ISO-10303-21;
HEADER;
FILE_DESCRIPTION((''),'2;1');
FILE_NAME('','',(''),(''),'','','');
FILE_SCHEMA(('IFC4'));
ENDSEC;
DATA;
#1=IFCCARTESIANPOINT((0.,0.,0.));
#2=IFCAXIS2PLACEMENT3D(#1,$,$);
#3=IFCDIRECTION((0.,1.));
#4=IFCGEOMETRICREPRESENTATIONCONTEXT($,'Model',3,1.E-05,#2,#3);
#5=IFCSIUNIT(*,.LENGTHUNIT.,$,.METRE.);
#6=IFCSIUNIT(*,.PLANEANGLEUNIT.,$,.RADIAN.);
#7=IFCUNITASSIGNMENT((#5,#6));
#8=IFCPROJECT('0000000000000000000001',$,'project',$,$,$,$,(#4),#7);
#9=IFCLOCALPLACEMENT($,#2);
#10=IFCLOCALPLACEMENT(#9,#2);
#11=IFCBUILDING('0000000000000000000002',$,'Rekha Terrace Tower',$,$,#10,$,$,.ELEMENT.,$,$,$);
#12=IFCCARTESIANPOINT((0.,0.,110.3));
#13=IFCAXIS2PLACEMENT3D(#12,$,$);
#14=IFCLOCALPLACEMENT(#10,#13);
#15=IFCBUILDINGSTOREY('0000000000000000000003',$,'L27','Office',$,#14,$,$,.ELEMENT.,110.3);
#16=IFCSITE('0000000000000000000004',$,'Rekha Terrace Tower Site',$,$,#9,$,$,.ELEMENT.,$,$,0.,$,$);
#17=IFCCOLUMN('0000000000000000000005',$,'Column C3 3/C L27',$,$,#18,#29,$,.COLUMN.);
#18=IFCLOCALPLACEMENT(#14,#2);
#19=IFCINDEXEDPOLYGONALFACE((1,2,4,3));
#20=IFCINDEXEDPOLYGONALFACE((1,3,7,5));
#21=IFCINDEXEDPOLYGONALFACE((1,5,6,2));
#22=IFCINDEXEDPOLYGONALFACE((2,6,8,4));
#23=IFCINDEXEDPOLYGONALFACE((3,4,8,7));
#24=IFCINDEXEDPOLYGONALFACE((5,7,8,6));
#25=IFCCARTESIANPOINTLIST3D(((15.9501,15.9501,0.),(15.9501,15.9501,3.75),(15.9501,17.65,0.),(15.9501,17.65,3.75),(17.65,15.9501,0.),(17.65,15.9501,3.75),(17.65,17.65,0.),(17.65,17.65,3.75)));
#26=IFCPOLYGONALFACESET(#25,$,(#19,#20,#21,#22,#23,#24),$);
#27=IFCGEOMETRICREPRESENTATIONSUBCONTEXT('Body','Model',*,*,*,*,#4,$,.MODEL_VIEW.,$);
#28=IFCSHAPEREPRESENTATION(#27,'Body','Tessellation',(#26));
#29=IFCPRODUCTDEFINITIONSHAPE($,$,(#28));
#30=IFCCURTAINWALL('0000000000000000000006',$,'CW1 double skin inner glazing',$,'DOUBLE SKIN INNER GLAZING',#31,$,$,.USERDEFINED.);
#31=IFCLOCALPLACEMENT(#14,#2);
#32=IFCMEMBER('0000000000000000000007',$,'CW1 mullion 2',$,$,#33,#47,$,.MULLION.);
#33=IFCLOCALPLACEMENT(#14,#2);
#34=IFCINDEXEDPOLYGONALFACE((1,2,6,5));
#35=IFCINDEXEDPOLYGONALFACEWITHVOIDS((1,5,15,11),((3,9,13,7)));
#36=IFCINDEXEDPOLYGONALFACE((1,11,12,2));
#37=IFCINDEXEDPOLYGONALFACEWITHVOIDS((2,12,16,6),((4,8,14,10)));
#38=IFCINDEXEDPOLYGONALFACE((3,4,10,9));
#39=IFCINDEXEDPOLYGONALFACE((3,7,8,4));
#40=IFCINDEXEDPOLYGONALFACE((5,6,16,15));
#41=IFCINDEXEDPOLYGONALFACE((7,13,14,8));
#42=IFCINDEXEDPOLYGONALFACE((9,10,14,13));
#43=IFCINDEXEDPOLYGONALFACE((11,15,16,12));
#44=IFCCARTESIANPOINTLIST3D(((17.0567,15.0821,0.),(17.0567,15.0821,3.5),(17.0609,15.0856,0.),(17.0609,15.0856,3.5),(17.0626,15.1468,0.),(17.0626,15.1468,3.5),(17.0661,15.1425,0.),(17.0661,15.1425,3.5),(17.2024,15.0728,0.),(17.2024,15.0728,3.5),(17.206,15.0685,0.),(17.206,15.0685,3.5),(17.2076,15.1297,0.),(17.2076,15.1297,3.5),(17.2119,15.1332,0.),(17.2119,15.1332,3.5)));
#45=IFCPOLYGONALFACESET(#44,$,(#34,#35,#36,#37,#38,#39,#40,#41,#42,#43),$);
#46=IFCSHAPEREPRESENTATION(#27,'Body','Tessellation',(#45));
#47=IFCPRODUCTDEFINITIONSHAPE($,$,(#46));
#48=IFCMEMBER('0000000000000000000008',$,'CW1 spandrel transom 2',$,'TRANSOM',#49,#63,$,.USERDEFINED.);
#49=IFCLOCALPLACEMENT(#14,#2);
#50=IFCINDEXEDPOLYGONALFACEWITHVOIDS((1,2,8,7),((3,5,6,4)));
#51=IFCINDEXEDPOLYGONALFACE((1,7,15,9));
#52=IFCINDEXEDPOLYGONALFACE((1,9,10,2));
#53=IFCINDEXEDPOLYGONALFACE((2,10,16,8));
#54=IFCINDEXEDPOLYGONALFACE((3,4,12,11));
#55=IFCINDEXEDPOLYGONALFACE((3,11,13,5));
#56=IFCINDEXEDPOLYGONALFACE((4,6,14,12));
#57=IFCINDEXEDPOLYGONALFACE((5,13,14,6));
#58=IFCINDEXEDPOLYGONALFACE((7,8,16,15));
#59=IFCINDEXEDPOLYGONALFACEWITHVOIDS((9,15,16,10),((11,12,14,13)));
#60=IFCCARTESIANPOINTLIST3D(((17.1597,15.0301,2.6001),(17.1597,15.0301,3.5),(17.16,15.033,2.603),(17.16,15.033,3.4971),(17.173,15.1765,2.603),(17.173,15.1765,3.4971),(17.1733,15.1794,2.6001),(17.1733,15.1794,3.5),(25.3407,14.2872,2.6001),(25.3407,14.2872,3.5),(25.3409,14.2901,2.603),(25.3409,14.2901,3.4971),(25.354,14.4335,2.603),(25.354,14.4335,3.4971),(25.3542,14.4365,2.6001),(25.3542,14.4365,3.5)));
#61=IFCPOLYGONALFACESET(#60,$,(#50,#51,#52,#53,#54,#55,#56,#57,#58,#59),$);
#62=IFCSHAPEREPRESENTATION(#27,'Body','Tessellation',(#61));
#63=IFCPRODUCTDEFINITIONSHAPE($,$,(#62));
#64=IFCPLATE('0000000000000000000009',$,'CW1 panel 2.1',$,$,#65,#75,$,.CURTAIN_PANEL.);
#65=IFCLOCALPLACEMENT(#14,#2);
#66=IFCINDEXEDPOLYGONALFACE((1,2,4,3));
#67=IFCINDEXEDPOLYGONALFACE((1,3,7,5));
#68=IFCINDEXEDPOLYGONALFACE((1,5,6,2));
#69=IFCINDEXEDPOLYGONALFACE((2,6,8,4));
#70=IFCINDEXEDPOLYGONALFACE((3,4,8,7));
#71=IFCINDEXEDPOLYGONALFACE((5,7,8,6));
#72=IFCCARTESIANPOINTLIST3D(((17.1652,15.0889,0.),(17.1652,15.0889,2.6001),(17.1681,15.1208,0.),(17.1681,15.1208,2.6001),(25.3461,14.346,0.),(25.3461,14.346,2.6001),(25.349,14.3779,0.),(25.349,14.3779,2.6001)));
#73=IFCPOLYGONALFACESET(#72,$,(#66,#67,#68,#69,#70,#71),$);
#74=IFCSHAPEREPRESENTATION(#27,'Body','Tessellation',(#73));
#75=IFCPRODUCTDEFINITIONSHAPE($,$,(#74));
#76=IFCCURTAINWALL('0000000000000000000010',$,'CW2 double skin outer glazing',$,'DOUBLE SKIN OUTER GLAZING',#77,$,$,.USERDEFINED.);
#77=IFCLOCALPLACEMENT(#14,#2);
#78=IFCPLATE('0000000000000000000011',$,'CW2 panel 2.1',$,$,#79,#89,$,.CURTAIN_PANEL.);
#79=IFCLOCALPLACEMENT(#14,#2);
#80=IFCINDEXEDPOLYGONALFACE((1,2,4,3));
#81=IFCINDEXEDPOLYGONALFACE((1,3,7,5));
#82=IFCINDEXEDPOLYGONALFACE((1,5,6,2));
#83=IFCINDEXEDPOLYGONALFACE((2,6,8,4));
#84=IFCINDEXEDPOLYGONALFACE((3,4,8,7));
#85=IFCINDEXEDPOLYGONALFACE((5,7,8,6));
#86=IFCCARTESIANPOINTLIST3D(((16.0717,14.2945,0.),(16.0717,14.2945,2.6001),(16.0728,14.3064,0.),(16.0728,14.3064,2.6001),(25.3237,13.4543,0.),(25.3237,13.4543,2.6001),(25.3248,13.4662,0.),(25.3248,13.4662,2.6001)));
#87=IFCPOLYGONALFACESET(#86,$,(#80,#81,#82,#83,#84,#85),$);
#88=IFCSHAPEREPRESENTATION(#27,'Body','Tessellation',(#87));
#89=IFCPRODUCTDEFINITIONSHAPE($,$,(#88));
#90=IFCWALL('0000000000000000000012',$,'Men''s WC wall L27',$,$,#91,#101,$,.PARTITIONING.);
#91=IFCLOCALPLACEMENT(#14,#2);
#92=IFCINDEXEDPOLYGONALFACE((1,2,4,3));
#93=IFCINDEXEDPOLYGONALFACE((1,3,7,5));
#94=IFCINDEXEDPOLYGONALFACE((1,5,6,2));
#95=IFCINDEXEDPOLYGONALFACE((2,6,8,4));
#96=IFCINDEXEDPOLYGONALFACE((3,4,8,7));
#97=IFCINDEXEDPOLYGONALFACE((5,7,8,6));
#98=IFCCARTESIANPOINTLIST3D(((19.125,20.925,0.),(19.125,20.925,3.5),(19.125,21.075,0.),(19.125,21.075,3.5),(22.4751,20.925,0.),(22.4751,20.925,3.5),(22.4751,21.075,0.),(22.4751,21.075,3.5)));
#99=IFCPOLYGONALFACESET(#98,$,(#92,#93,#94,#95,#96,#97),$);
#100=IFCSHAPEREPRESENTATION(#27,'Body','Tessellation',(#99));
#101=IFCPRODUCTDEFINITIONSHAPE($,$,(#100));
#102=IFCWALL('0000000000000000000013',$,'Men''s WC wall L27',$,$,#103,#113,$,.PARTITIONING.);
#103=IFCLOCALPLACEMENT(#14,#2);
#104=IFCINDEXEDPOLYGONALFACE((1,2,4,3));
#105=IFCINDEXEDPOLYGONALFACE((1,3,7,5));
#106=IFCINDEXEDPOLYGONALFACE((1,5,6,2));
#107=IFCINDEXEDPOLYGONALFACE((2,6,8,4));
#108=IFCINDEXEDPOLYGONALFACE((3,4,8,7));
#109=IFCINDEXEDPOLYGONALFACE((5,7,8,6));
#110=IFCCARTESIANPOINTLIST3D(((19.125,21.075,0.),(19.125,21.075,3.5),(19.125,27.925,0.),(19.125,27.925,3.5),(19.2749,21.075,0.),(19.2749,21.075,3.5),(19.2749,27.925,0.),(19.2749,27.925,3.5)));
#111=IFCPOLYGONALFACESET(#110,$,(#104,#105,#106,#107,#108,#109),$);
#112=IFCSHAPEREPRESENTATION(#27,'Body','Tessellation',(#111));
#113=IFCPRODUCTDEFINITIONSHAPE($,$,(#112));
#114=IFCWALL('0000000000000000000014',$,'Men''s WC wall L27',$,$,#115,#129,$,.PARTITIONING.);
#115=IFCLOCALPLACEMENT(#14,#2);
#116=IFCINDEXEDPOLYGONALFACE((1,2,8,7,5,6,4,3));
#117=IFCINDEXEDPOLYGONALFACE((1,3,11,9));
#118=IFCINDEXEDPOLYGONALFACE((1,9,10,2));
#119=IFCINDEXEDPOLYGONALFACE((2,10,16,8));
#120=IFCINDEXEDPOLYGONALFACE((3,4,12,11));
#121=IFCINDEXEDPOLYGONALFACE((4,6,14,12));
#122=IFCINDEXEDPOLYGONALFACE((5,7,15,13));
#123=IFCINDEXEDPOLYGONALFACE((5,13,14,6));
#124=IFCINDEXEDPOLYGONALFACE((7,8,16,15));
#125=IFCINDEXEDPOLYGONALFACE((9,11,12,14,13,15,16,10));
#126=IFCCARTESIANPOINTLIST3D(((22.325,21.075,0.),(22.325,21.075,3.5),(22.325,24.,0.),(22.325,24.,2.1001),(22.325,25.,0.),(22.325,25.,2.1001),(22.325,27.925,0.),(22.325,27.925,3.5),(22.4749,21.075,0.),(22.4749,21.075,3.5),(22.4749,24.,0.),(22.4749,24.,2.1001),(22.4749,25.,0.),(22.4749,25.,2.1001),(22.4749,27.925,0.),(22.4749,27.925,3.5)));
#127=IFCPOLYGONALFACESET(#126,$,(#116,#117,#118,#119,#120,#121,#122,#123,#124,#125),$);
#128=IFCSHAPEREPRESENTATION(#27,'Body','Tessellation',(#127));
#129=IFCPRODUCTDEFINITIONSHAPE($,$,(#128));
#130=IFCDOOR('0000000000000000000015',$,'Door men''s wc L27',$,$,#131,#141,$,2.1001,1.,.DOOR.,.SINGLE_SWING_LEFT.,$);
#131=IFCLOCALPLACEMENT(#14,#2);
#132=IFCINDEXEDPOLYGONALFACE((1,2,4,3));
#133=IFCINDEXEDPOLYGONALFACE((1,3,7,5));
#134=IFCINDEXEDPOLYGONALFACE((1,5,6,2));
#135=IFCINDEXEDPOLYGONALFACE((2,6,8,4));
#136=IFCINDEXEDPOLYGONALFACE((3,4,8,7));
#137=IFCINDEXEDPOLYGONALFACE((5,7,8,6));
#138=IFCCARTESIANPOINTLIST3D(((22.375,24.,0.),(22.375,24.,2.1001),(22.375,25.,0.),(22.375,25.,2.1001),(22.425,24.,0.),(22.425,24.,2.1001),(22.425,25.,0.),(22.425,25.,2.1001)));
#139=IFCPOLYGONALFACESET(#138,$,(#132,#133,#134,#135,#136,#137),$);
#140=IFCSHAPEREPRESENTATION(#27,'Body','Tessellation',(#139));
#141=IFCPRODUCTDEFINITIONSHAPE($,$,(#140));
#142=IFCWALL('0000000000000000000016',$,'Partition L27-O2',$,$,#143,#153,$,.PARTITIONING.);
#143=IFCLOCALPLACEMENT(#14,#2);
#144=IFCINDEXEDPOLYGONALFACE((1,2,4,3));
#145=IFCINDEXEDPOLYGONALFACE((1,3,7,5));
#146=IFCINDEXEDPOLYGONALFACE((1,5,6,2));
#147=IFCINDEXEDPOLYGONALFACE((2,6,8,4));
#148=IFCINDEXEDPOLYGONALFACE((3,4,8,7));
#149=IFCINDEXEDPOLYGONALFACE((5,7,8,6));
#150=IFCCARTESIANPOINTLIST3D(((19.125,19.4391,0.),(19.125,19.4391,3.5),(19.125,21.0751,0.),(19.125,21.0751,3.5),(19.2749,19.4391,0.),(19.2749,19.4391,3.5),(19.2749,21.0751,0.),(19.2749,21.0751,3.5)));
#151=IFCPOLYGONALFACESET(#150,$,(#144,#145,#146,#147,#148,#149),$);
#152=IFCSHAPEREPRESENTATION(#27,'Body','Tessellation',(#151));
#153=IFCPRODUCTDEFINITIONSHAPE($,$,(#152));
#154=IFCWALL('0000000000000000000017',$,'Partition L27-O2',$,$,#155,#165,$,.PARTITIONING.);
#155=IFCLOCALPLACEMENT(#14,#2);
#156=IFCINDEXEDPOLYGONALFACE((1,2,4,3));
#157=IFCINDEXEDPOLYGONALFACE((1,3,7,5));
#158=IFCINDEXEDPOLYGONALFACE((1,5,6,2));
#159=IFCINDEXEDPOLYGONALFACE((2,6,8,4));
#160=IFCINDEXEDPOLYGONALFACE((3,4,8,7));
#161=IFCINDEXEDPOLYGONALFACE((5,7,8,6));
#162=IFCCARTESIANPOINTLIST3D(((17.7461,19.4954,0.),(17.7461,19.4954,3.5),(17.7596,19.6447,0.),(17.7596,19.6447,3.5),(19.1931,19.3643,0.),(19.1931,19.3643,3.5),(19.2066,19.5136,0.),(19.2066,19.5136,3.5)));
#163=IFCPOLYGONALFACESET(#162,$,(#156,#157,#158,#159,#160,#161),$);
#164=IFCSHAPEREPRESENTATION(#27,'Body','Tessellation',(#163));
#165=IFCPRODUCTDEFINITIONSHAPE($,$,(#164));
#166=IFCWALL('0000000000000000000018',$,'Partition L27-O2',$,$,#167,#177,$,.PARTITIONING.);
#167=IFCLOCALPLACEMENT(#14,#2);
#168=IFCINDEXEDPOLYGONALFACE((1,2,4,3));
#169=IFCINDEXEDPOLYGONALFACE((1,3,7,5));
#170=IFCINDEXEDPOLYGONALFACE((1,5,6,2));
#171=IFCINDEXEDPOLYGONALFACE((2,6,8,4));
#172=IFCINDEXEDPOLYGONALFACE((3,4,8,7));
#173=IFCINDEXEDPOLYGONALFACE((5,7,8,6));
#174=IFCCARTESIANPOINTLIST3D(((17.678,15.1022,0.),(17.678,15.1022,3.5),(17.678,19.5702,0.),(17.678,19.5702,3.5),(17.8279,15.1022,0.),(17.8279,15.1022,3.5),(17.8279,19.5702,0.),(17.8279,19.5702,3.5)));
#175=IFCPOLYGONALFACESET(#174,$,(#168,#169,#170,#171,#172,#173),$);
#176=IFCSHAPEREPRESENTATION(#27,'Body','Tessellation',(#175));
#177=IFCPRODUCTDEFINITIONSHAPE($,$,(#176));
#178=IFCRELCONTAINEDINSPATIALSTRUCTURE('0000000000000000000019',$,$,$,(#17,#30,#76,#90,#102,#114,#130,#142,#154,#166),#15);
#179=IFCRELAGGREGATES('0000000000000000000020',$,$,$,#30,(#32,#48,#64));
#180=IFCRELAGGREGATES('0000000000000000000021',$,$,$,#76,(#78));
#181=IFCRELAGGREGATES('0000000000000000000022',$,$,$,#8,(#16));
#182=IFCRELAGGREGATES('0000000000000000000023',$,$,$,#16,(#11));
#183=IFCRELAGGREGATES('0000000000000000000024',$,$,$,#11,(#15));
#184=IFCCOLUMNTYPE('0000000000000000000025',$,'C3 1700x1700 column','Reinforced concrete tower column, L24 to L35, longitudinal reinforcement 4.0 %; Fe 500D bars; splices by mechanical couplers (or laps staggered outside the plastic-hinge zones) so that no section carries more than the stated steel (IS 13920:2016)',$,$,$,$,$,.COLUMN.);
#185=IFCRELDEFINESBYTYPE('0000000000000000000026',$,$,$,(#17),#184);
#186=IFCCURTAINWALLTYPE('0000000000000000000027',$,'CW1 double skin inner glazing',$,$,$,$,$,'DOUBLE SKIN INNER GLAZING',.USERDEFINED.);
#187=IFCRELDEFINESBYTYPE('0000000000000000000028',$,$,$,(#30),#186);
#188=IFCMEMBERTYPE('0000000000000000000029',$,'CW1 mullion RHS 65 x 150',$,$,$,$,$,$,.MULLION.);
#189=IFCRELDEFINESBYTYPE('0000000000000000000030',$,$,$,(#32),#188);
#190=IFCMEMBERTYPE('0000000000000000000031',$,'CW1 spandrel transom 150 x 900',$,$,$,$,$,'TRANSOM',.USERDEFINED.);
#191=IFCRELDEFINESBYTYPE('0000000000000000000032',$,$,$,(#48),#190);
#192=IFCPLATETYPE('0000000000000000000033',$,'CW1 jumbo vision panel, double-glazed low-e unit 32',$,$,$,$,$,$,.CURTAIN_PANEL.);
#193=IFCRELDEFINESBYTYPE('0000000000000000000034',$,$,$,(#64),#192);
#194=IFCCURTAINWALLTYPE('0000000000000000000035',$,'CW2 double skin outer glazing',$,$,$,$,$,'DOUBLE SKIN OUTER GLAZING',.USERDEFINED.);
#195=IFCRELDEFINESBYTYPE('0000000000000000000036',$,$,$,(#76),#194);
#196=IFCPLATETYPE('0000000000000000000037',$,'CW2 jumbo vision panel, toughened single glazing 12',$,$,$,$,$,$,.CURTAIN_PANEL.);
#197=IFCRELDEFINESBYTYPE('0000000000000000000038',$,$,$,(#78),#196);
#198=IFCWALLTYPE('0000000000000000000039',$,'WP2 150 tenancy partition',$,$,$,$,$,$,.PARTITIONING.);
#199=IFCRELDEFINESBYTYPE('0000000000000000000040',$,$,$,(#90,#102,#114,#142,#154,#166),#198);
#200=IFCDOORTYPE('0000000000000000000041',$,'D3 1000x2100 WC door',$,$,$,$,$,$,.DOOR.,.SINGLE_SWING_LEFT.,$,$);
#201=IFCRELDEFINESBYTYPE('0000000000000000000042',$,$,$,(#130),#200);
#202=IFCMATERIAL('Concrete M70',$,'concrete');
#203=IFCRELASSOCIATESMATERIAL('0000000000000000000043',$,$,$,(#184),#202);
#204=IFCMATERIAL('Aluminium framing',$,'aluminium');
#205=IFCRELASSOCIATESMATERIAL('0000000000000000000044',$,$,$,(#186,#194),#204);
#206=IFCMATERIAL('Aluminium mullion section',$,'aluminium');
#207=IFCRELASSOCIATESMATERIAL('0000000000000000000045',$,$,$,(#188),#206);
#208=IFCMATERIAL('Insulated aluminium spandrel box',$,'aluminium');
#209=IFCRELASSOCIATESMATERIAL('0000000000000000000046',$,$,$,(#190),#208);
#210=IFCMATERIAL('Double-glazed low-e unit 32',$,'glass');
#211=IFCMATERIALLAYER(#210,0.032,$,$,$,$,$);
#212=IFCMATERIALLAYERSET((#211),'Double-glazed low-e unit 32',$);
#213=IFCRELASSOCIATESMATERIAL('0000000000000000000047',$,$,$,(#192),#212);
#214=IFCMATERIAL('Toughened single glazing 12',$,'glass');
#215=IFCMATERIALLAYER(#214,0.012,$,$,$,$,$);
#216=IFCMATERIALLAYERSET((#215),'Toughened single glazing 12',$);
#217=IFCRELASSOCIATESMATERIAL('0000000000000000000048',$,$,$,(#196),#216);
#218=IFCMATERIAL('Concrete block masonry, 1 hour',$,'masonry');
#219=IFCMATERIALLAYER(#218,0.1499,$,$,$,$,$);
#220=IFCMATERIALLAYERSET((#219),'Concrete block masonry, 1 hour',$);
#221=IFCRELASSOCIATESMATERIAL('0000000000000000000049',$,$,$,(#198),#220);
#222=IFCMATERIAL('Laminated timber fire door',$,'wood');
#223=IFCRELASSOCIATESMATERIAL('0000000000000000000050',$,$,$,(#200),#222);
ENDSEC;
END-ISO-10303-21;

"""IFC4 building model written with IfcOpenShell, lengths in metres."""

from ifc_helpers import new_model, si_unit, direction, frame, frame_2d, origin, origin_2d, place, context, subcontext, project, spatial, rectangle, hollow_rectangle, extrude, material, layer, layer_set, material_profile, profile_set, type_object, element, fill, aggregate, save


model = new_model("IFC4")

# Units and contexts
model_context = context("Model", 3, precision=1e-05, world=origin(), true_north=direction((0.0, 1.0)))
body_context = subcontext(model_context, "Body", "Model", "MODEL_VIEW")
ifc_project = project(units=[si_unit("LENGTHUNIT", "METRE"), si_unit("PLANEANGLEUNIT", "RADIAN")], contexts=[model_context])

# Site, building, storey
site_placement = place(None, origin())
site = spatial("IfcSite", under=ifc_project, at=site_placement, Name="Rekha Terrace Tower Site", CompositionType="ELEMENT", RefElevation=0.0)
building_placement = place(site_placement, origin())
building = spatial("IfcBuilding", under=site, at=building_placement, Name="Rekha Terrace Tower", CompositionType="ELEMENT")
storey_placement = place(building_placement, frame((0.0, 0.0, 110.3)))
storey = spatial("IfcBuildingStorey", under=building, at=storey_placement, Name="L27", Description="Office", CompositionType="ELEMENT", Elevation=110.3)

# Column
ifc_material_1 = material(Name="Concrete M70", Category="concrete")
ifc_material_profile_1 = material_profile(ifc_material_1, rectangle(XDim=1.7, YDim=1.7, at=origin_2d()), Name="RC 1700x1700")
ifc_profile_set_1 = profile_set([ifc_material_profile_1], Name="Concrete M70")
column_type = type_object("IfcColumnType", Name="C3 1700x1700 column", Description="Reinforced concrete tower column, L24 to L35, longitudinal reinforcement 4.0 %; Fe 500D bars; splices by mechanical couplers (or laps staggered outside the plastic-hinge zones) so that no section carries more than the stated steel (IS 13920:2016)", PredefinedType="COLUMN", material=ifc_profile_set_1)
column_placement = place(storey_placement, frame((16.8, 16.8, 0.0), z_axis=(0.0, 0.0, 1.0), x_axis=(1.0, 0.0, 0.0)))
element("IfcColumn", 1, at=column_placement, inside=storey, type_object=column_type, Name="Column C3 3/C L27", PredefinedType="COLUMN", context=body_context, shape_type="SweptSolid", body=[
    extrude(rectangle(XDim=1.7, YDim=1.7, at=origin_2d()), origin(), (0.0, 0.0, 1.0), 3.75),
])

# Curtain wall, members, plate
ifc_material_2 = material(Name="Aluminium framing", Category="aluminium")
curtain_wall_type_1 = type_object("IfcCurtainWallType", Name="CW1 double skin inner glazing", ElementType="DOUBLE SKIN INNER GLAZING", PredefinedType="USERDEFINED", material=ifc_material_2)
curtain_wall_1_placement = place(storey_placement, origin())
curtain_wall_1 = element("IfcCurtainWall", 2, at=curtain_wall_1_placement, inside=storey, type_object=curtain_wall_type_1, Name="CW1 double skin inner glazing", ObjectType="DOUBLE SKIN INNER GLAZING", PredefinedType="USERDEFINED")
ifc_material_3 = material(Name="Aluminium mullion section", Category="aluminium")
ifc_material_profile_2 = material_profile(ifc_material_3, hollow_rectangle(XDim=0.0649, YDim=0.1499, WallThickness=0.0039, at=origin_2d()), Name="AL RHS 65x150")
ifc_profile_set_2 = profile_set([ifc_material_profile_2], Name="Aluminium mullion section")
member_type_1 = type_object("IfcMemberType", Name="CW1 mullion RHS 65 x 150", PredefinedType="MULLION", material=ifc_profile_set_2)
member_1_placement = place(storey_placement, frame((17.1343, 15.1077, 0.0), z_axis=(0.0, 0.0, 1.0), x_axis=(0.09044, 0.995902, 0.0)))
member_1 = element("IfcMember", 3, at=member_1_placement, type_object=member_type_1, Name="CW1 mullion 2", PredefinedType="MULLION", context=body_context, shape_type="SweptSolid", body=[
    extrude(hollow_rectangle(XDim=0.0649, YDim=0.1499, WallThickness=0.0039, at=origin_2d()), origin(), (0.0, 0.0, 1.0), 3.5),
])
ifc_material_4 = material(Name="Insulated aluminium spandrel box", Category="aluminium")
ifc_material_profile_3 = material_profile(ifc_material_4, hollow_rectangle(XDim=0.1499, YDim=0.8999, WallThickness=0.0029, at=origin_2d()), Name="AL SPANDREL BOX 150x900")
ifc_profile_set_3 = profile_set([ifc_material_profile_3], Name="Insulated aluminium spandrel box")
member_type_2 = type_object("IfcMemberType", Name="CW1 spandrel transom 150 x 900", ElementType="TRANSOM", PredefinedType="USERDEFINED", material=ifc_profile_set_3)
member_2_placement = place(storey_placement, frame((17.1665, 15.1047, 3.05), z_axis=(0.995902, -0.090439, 0.0), x_axis=(0.090439, 0.995902, 0.0)))
member_2 = element("IfcMember", 4, at=member_2_placement, type_object=member_type_2, Name="CW1 spandrel transom 2", ObjectType="TRANSOM", PredefinedType="USERDEFINED", context=body_context, shape_type="SweptSolid", body=[
    extrude(hollow_rectangle(XDim=0.1499, YDim=0.8999, WallThickness=0.0029, at=origin_2d()), origin(), (0.0, 0.0, 1.0), 8.2146),
])
ifc_material_5 = material(Name="Double-glazed low-e unit 32", Category="glass")
ifc_layer_1 = layer(ifc_material_5, 0.032)
ifc_layer_set_1 = layer_set([ifc_layer_1], Name="Double-glazed low-e unit 32")
plate_type_1 = type_object("IfcPlateType", Name="CW1 jumbo vision panel, double-glazed low-e unit 32", PredefinedType="CURTAIN_PANEL", material=ifc_layer_set_1)
plate_1_placement = place(storey_placement, frame((21.2571, 14.7334, 0.0), z_axis=(0.0, 0.0, 1.0), x_axis=(0.995902, -0.09044, 0.0)))
plate_1 = element("IfcPlate", 5, at=plate_1_placement, type_object=plate_type_1, Name="CW1 panel 2.1", PredefinedType="CURTAIN_PANEL", context=body_context, shape_type="SweptSolid", body=[
    extrude(rectangle(XDim=8.2146, YDim=0.032, at=origin_2d()), origin(), (0.0, 0.0, 1.0), 2.6001),
])
aggregate(curtain_wall_1, [member_1, member_2, plate_1])

# Curtain wall, plate
curtain_wall_type_2 = type_object("IfcCurtainWallType", Name="CW2 double skin outer glazing", ElementType="DOUBLE SKIN OUTER GLAZING", PredefinedType="USERDEFINED", material=ifc_material_2)
curtain_wall_2_placement = place(storey_placement, origin())
curtain_wall_2 = element("IfcCurtainWall", 6, at=curtain_wall_2_placement, inside=storey, type_object=curtain_wall_type_2, Name="CW2 double skin outer glazing", ObjectType="DOUBLE SKIN OUTER GLAZING", PredefinedType="USERDEFINED")
ifc_material_6 = material(Name="Toughened single glazing 12", Category="glass")
ifc_layer_2 = layer(ifc_material_6, 0.012)
ifc_layer_set_2 = layer_set([ifc_layer_2], Name="Toughened single glazing 12")
plate_type_2 = type_object("IfcPlateType", Name="CW2 jumbo vision panel, toughened single glazing 12", PredefinedType="CURTAIN_PANEL", material=ifc_layer_set_2)
plate_2_placement = place(storey_placement, frame((20.6982, 13.8804, 0.0), z_axis=(0.0, 0.0, 1.0), x_axis=(0.995902, -0.09044, 0.0)))
plate_2 = element("IfcPlate", 7, at=plate_2_placement, type_object=plate_type_2, Name="CW2 panel 2.1", PredefinedType="CURTAIN_PANEL", context=body_context, shape_type="SweptSolid", body=[
    extrude(rectangle(XDim=9.29, YDim=0.012, at=origin_2d()), origin(), (0.0, 0.0, 1.0), 2.6001),
])
aggregate(curtain_wall_2, [plate_2])

# Walls
ifc_material_7 = material(Name="Concrete block masonry, 1 hour", Category="masonry")
ifc_layer_3 = layer(ifc_material_7, 0.1499)
ifc_layer_set_3 = layer_set([ifc_layer_3], Name="Concrete block masonry, 1 hour")
wall_type_1 = type_object("IfcWallType", Name="WP2 150 tenancy partition", PredefinedType="PARTITIONING", material=ifc_layer_set_3)
wall_1_placement = place(storey_placement, frame((19.125, 21.0, 0.0), z_axis=(0.0, 0.0, 1.0), x_axis=(1.0, 0.0, 0.0)))
element("IfcWall", 8, at=wall_1_placement, inside=storey, type_object=wall_type_1, Name="Men's WC wall L27", PredefinedType="PARTITIONING", context=body_context, shape_type="SweptSolid", body=[
    extrude(rectangle(XDim=3.3501, YDim=0.1499, at=frame_2d((1.675, 0.0))), origin(), (0.0, 0.0, 1.0), 3.5),
])
wall_2_placement = place(storey_placement, frame((19.2, 21.075, 0.0), z_axis=(0.0, 0.0, 1.0), x_axis=(0.0, 1.0, 0.0)))
element("IfcWall", 9, at=wall_2_placement, inside=storey, type_object=wall_type_1, Name="Men's WC wall L27", PredefinedType="PARTITIONING", context=body_context, shape_type="SweptSolid", body=[
    extrude(rectangle(XDim=6.8501, YDim=0.1499, at=frame_2d((3.425, 0.0))), origin(), (0.0, 0.0, 1.0), 3.5),
])

# Wall, opening, door
wall_3_placement = place(storey_placement, frame((22.3999, 21.075, 0.0), z_axis=(0.0, 0.0, 1.0), x_axis=(0.0, 1.0, 0.0)))
wall_3 = element("IfcWall", 10, at=wall_3_placement, inside=storey, type_object=wall_type_1, Name="Men's WC wall L27", PredefinedType="PARTITIONING", context=body_context, shape_type="SweptSolid", body=[
    extrude(rectangle(XDim=6.8501, YDim=0.1499, at=frame_2d((3.425, 0.0))), origin(), (0.0, 0.0, 1.0), 3.5),
])
opening_1_placement = place(wall_3_placement, frame((2.925, 0.0, 0.0)))
opening_1 = element("IfcOpeningElement", 11, at=opening_1_placement, cuts=wall_3, PredefinedType="OPENING", context=body_context, shape_type="SweptSolid", body=[
    extrude(rectangle(XDim=1.0, YDim=2.1001, at=frame_2d((0.5, 1.05))), frame((0.0, 0.085, 0.0), z_axis=(0.0, -1.0, 0.0), x_axis=(1.0, 0.0, 0.0)), (0.0, 0.0, 1.0), 0.1699),
])
ifc_material_8 = material(Name="Laminated timber fire door", Category="wood")
door_type_1 = type_object("IfcDoorType", Name="D3 1000x2100 WC door", OperationType="SINGLE_SWING_LEFT", PredefinedType="DOOR", material=ifc_material_8)
door_1_placement = place(opening_1_placement, origin())
door_1 = element("IfcDoor", 12, at=door_1_placement, inside=storey, type_object=door_type_1, Name="Door men's wc L27", OperationType="SINGLE_SWING_LEFT", OverallHeight=2.1001, OverallWidth=1.0, PredefinedType="DOOR", context=body_context, shape_type="SweptSolid", body=[
    extrude(rectangle(XDim=1.0, YDim=2.1001, at=frame_2d((0.5, 1.05))), frame((0.0, 0.0249, 0.0), z_axis=(0.0, -1.0, 0.0), x_axis=(1.0, 0.0, 0.0)), (0.0, 0.0, 1.0), 0.05),
])
fill(opening_1, door_1)

# Walls
wall_4_placement = place(storey_placement, frame((19.2, 21.075, 0.0), z_axis=(0.0, 0.0, 1.0), x_axis=(0.0, -1.0, 0.0)))
element("IfcWall", 13, at=wall_4_placement, inside=storey, type_object=wall_type_1, Name="Partition L27-O2", PredefinedType="PARTITIONING", context=body_context, shape_type="SweptSolid", body=[
    extrude(rectangle(XDim=1.636, YDim=0.1499, at=frame_2d((0.8179, 0.0))), origin(), (0.0, 0.0, 1.0), 3.5),
])
wall_5_placement = place(storey_placement, frame((19.2, 19.439, 0.0), z_axis=(0.0, 0.0, 1.0), x_axis=(-0.995921, 0.090233, 0.0)))
element("IfcWall", 14, at=wall_5_placement, inside=storey, type_object=wall_type_1, Name="Partition L27-O2", PredefinedType="PARTITIONING", context=body_context, shape_type="SweptSolid", body=[
    extrude(rectangle(XDim=1.4529, YDim=0.1499, at=frame_2d((0.7266, 0.0))), origin(), (0.0, 0.0, 1.0), 3.5),
])
wall_6_placement = place(storey_placement, frame((17.7529, 19.5701, 0.0), z_axis=(0.0, 0.0, 1.0), x_axis=(0.0, -1.0, 0.0)))
element("IfcWall", 15, at=wall_6_placement, inside=storey, type_object=wall_type_1, Name="Partition L27-O2", PredefinedType="PARTITIONING", context=body_context, shape_type="SweptSolid", body=[
    extrude(rectangle(XDim=4.468, YDim=0.1499, at=frame_2d((2.2339, 0.0))), origin(), (0.0, 0.0, 1.0), 3.5),
])

save(model, "model.ifc")
